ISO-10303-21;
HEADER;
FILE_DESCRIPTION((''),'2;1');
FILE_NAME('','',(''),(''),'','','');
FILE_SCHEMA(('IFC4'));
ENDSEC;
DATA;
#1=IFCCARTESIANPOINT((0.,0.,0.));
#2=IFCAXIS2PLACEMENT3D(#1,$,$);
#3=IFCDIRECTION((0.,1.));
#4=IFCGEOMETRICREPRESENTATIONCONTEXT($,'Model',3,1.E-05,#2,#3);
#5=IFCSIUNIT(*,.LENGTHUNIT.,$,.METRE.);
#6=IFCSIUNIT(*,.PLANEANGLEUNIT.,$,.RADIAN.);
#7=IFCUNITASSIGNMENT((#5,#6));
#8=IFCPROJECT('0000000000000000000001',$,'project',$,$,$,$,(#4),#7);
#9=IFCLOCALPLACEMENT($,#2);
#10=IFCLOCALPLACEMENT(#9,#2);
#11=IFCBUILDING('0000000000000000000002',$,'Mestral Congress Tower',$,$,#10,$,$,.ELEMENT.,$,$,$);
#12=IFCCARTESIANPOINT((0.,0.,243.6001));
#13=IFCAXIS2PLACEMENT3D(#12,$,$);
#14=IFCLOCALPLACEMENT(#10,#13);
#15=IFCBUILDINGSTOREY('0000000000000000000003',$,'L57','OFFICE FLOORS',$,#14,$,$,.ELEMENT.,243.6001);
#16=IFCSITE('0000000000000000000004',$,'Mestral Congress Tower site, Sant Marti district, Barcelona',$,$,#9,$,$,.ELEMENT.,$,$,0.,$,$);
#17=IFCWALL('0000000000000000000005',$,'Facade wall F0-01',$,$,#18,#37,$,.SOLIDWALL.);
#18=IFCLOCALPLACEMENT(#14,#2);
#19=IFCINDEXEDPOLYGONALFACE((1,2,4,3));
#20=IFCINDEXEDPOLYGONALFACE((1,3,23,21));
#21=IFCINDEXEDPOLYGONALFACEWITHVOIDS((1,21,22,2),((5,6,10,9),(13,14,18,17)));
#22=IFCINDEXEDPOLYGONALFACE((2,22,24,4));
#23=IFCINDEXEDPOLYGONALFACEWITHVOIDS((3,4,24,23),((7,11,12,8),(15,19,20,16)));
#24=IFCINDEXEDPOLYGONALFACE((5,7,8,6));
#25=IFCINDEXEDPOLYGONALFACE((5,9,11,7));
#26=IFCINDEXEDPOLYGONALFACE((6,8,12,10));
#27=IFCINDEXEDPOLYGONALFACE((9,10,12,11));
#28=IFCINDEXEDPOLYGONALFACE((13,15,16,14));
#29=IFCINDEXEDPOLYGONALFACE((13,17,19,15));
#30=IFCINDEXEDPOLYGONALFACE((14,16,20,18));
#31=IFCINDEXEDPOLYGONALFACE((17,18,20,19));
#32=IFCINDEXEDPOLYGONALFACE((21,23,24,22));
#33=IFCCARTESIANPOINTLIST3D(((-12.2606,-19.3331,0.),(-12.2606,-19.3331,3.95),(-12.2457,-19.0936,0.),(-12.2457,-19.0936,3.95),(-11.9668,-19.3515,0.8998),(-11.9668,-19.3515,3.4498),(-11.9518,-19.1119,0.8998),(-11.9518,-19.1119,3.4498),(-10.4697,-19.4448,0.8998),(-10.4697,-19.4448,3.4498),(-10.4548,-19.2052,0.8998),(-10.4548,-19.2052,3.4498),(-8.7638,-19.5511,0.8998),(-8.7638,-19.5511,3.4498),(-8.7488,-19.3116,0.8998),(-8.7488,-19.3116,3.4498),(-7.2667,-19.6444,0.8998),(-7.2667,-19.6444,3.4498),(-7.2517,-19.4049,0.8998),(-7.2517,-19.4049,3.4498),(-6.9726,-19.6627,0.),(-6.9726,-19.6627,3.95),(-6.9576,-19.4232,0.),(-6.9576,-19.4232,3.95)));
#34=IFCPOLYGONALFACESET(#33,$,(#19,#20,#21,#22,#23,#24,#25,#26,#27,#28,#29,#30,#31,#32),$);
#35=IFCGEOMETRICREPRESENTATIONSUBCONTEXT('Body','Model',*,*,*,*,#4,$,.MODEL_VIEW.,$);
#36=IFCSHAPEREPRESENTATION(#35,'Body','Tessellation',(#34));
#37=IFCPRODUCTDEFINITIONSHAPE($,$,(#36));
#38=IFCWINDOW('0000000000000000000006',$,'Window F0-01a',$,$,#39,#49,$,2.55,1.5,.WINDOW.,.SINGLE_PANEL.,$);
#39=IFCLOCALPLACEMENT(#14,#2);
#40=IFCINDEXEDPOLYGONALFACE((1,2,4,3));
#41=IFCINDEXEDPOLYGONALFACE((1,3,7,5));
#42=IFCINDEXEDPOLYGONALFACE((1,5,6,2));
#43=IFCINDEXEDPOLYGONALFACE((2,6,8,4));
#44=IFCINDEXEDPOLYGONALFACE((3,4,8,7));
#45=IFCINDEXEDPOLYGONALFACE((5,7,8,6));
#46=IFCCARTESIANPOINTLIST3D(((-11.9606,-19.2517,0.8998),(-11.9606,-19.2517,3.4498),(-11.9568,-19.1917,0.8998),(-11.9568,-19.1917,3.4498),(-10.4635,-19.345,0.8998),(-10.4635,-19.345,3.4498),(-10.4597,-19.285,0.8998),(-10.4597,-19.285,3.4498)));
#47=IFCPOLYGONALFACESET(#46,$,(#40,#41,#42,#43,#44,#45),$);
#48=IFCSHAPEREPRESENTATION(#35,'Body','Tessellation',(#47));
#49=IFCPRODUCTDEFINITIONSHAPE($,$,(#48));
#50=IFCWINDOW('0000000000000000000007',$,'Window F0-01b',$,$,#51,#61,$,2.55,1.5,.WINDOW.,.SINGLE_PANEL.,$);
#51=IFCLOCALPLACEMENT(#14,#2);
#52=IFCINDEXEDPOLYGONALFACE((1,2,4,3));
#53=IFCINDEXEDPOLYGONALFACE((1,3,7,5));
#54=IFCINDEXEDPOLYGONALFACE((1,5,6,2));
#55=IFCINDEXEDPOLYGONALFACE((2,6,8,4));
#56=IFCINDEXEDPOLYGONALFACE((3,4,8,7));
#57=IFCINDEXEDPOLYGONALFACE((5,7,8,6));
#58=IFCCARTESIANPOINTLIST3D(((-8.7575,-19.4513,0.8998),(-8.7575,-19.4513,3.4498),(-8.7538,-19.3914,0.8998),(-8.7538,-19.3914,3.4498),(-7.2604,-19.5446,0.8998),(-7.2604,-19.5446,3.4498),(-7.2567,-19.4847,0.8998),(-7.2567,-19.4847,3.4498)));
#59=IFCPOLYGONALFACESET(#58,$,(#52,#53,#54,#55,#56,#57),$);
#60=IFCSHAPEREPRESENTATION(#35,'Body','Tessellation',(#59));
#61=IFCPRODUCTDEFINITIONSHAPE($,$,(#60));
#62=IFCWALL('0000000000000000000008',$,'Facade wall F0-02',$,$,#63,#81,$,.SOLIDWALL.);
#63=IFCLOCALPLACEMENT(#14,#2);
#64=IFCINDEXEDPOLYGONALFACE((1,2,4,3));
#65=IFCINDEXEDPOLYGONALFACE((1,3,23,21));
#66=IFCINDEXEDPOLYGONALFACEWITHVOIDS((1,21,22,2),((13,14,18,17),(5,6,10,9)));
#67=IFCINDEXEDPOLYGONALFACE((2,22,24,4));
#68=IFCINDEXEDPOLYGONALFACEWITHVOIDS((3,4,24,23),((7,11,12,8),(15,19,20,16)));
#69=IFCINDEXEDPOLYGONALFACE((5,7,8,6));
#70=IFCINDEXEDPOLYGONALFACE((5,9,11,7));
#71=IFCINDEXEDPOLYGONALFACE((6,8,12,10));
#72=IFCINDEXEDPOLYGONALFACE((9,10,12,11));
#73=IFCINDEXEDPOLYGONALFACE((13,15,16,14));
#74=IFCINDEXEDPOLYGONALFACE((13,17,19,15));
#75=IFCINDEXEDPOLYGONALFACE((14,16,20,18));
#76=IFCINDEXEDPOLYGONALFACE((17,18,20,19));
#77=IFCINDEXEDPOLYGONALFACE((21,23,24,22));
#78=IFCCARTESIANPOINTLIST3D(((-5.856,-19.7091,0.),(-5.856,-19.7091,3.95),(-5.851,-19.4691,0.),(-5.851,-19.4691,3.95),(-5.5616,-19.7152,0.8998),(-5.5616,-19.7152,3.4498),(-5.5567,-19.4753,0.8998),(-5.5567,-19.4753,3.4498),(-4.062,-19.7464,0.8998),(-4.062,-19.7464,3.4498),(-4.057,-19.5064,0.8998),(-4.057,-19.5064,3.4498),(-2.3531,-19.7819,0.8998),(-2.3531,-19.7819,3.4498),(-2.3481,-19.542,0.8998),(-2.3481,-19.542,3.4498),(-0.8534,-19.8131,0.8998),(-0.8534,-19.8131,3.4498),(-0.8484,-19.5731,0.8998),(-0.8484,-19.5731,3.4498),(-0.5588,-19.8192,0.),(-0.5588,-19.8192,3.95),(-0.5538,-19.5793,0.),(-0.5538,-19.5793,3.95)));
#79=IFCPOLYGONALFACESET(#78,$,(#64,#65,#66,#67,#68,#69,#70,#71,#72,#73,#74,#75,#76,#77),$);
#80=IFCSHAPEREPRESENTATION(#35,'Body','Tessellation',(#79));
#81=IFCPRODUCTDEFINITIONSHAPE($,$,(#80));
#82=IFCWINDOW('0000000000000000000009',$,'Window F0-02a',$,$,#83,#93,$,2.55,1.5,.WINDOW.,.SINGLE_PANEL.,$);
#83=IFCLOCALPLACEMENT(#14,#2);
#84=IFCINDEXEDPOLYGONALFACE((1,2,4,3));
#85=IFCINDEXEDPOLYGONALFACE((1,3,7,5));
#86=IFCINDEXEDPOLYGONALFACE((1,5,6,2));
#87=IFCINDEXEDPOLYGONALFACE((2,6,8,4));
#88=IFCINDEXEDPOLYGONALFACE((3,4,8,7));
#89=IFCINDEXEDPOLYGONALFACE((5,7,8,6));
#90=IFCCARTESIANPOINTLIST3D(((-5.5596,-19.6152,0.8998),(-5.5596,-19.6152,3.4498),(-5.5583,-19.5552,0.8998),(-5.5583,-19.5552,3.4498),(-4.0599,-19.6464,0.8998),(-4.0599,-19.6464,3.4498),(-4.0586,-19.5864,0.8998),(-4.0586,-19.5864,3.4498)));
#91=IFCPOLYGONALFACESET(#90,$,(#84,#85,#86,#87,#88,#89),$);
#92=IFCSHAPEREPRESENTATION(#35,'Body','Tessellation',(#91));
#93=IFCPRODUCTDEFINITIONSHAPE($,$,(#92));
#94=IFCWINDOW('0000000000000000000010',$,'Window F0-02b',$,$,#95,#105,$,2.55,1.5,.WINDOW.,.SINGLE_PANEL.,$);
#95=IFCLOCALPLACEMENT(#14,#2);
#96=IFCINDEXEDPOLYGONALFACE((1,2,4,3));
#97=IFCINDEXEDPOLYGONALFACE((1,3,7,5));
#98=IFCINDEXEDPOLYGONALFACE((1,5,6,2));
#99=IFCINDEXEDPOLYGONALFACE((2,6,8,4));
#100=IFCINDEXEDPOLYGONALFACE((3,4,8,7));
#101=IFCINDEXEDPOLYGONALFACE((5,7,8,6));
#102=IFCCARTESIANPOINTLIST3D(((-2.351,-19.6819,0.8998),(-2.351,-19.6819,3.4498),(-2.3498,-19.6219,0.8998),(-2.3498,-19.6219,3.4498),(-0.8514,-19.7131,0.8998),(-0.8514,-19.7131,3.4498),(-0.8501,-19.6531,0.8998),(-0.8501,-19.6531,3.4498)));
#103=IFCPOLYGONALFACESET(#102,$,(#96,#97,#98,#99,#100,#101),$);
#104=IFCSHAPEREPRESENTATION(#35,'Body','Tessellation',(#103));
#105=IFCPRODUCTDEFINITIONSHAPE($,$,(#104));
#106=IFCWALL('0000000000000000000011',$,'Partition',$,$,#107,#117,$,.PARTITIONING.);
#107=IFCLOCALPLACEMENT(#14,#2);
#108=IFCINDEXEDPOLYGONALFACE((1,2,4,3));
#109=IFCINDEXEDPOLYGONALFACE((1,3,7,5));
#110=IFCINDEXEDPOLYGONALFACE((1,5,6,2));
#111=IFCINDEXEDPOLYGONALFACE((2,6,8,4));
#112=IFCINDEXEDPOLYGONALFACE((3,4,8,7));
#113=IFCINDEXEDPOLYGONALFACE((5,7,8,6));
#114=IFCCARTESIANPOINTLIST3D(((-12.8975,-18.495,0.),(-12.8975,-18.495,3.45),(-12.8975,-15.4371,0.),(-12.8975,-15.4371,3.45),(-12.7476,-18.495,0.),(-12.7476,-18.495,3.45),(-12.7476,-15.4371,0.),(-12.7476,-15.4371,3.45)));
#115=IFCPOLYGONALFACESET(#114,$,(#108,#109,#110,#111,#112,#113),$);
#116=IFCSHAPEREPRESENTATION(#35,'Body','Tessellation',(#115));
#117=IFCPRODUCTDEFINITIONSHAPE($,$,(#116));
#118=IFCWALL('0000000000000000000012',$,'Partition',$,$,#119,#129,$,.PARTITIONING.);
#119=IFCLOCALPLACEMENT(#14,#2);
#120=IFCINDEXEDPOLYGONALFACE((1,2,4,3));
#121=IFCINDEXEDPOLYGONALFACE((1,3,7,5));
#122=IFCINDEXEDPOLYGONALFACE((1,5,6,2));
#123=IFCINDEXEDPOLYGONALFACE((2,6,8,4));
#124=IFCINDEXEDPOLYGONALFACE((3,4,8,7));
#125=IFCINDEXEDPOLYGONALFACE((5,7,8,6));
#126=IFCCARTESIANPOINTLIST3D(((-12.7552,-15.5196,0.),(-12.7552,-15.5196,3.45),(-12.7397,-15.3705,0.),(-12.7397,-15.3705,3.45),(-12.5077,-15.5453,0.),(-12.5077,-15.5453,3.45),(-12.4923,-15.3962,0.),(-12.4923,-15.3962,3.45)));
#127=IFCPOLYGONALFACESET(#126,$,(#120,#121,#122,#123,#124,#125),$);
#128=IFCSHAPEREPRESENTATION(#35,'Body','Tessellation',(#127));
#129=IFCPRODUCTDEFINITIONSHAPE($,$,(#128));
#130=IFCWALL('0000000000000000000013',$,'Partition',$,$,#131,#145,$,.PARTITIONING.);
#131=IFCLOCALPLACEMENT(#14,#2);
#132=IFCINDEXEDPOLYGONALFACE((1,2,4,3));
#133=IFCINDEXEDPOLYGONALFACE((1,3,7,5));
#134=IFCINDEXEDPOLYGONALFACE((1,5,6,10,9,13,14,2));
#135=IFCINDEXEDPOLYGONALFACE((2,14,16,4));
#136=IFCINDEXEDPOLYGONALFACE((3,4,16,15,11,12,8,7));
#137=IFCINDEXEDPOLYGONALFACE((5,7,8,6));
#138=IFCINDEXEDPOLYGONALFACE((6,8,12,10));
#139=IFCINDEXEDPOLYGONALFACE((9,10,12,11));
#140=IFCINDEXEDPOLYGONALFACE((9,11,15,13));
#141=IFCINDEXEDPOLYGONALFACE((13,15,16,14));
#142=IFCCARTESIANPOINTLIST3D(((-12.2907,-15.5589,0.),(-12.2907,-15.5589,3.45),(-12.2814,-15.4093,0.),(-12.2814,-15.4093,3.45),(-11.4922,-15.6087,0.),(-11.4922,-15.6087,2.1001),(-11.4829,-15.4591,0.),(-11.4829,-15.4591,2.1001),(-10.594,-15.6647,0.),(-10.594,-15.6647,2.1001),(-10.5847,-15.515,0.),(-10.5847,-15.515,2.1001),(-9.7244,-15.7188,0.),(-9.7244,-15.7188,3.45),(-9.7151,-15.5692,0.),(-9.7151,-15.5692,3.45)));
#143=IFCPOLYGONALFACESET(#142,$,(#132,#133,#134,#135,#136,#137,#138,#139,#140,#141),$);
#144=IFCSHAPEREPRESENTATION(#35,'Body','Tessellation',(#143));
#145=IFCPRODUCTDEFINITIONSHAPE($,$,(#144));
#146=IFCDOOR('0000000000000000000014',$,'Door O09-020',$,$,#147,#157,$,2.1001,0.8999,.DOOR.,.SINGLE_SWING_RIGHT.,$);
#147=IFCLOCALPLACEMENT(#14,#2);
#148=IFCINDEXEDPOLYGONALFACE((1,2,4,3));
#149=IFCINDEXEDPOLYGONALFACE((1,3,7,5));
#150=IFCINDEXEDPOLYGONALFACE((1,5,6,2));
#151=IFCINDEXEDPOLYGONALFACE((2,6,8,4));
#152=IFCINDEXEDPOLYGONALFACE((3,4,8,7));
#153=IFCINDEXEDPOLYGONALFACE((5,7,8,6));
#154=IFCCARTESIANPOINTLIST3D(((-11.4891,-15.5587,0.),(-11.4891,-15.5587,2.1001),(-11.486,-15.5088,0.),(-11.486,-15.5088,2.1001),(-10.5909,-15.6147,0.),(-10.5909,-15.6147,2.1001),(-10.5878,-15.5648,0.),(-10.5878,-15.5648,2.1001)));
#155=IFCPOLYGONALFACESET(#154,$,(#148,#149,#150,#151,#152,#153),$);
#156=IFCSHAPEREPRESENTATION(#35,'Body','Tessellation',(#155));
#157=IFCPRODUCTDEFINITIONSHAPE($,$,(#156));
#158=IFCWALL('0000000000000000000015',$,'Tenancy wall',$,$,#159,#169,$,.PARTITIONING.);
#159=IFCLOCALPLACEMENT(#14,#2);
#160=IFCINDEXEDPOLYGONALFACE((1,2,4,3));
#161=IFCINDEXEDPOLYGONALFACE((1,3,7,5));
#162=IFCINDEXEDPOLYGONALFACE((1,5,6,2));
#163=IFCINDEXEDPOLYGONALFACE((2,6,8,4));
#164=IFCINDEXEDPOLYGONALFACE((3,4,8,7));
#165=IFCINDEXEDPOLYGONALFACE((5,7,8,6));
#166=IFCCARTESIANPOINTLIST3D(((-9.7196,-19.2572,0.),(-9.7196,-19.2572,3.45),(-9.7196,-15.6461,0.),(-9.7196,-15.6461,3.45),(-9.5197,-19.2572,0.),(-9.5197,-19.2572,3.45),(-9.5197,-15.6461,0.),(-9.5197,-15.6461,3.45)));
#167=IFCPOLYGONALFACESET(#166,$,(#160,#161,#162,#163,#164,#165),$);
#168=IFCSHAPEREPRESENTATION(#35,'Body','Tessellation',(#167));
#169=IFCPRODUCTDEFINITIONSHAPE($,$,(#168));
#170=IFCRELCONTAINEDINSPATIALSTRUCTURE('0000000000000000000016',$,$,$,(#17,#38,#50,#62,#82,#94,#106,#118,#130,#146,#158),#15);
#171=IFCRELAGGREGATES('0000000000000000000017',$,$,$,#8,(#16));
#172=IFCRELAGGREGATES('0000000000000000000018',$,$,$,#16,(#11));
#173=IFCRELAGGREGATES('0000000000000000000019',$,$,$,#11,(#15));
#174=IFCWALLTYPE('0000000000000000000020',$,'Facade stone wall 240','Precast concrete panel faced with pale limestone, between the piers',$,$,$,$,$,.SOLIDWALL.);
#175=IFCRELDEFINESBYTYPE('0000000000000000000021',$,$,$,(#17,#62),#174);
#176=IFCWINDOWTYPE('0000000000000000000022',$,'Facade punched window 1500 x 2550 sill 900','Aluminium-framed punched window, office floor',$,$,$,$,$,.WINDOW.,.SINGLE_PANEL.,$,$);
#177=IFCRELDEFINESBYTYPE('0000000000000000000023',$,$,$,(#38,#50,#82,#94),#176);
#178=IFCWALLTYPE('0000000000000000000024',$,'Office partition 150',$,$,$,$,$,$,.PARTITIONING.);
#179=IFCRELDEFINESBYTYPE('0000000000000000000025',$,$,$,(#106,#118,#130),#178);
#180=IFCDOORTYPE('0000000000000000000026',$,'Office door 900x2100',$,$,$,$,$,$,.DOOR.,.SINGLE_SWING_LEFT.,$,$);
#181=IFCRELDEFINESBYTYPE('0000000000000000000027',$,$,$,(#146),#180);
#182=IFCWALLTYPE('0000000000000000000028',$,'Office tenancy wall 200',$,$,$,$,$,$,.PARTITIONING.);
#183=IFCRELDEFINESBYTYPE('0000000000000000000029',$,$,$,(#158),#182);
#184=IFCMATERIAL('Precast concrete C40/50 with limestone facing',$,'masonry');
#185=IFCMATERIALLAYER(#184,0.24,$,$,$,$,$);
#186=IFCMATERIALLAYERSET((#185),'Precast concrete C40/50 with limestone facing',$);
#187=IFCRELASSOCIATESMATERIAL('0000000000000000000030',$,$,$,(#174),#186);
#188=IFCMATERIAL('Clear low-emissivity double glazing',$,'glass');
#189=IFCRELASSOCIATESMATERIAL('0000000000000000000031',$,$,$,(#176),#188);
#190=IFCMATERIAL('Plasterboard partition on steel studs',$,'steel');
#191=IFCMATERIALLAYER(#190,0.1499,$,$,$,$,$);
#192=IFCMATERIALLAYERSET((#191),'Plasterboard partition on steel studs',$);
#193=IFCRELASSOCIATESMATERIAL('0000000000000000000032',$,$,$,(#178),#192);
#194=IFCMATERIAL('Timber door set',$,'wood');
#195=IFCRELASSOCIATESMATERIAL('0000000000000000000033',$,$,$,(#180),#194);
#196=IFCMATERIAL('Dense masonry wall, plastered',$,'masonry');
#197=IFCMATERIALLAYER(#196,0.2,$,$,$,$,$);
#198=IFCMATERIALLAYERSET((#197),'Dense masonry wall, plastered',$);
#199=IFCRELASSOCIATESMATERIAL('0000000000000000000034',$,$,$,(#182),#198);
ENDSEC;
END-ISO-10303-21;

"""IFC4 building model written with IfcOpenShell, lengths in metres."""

from ifc_helpers import new_model, si_unit, direction, frame, frame_2d, origin, place, context, subcontext, project, spatial, rectangle, extrude, material, layer, layer_set, type_object, element, fill, save


model = new_model("IFC4")

# Units and contexts
model_context = context("Model", 3, precision=1e-05, world=origin(), true_north=direction((0.0, 1.0)))
body_context = subcontext(model_context, "Body", "Model", "MODEL_VIEW")
ifc_project = project(units=[si_unit("LENGTHUNIT", "METRE"), si_unit("PLANEANGLEUNIT", "RADIAN")], contexts=[model_context])

# Site, building, storey
site_placement = place(None, origin())
site = spatial("IfcSite", under=ifc_project, at=site_placement, Name="Mestral Congress Tower site, Sant Marti district, Barcelona", CompositionType="ELEMENT", RefElevation=0.0)
building_placement = place(site_placement, origin())
building = spatial("IfcBuilding", under=site, at=building_placement, Name="Mestral Congress Tower", CompositionType="ELEMENT")
storey_placement = place(building_placement, frame((0.0, 0.0, 243.6001)))
storey = spatial("IfcBuildingStorey", under=building, at=storey_placement, Name="L57", Description="OFFICE FLOORS", CompositionType="ELEMENT", Elevation=243.6001)

# Walls, openings, windows
ifc_material_1 = material(Name="Precast concrete C40/50 with limestone facing", Category="masonry")
ifc_layer_1 = layer(ifc_material_1, 0.24)
ifc_layer_set_1 = layer_set([ifc_layer_1], Name="Precast concrete C40/50 with limestone facing")
wall_type_1 = type_object("IfcWallType", Name="Facade stone wall 240", Description="Precast concrete panel faced with pale limestone, between the piers", PredefinedType="SOLIDWALL", material=ifc_layer_set_1)
wall_1_placement = place(storey_placement, frame((-12.2532, -19.2134, 0.0), z_axis=(0.0, 0.0, 1.0), x_axis=(0.998063, -0.062206, 0.0)))
wall_1 = element("IfcWall", 1, at=wall_1_placement, inside=storey, type_object=wall_type_1, Name="Facade wall F0-01", PredefinedType="SOLIDWALL", context=body_context, shape_type="SweptSolid", body=[
    extrude(rectangle(XDim=5.2983, YDim=0.24, at=frame_2d((2.6492, 0.0))), origin(), (0.0, 0.0, 1.0), 3.95),
])
opening_1_placement = place(wall_1_placement, frame((0.2944, 0.0, 0.8999)))
opening_1 = element("IfcOpeningElement", 2, at=opening_1_placement, cuts=wall_1, PredefinedType="OPENING", context=body_context, shape_type="SweptSolid", body=[
    extrude(rectangle(XDim=1.5, YDim=2.55, at=frame_2d((0.75, 1.2749))), frame((0.0, 0.1299, 0.0), z_axis=(0.0, -1.0, 0.0), x_axis=(1.0, 0.0, 0.0)), (0.0, 0.0, 1.0), 0.26),
])
opening_2_placement = place(wall_1_placement, frame((3.5037, 0.0, 0.8999)))
opening_2 = element("IfcOpeningElement", 3, at=opening_2_placement, cuts=wall_1, PredefinedType="OPENING", context=body_context, shape_type="SweptSolid", body=[
    extrude(rectangle(XDim=1.5, YDim=2.55, at=frame_2d((0.75, 1.2749))), frame((0.0, 0.1299, 0.0), z_axis=(0.0, -1.0, 0.0), x_axis=(1.0, 0.0, 0.0)), (0.0, 0.0, 1.0), 0.26),
])
ifc_material_2 = material(Name="Clear low-emissivity double glazing", Category="glass")
window_type = type_object("IfcWindowType", Name="Facade punched window 1500 x 2550 sill 900", Description="Aluminium-framed punched window, office floor", PartitioningType="SINGLE_PANEL", PredefinedType="WINDOW", material=ifc_material_2)
window_1_placement = place(opening_1_placement, origin())
window_1 = element("IfcWindow", 4, at=window_1_placement, inside=storey, type_object=window_type, Name="Window F0-01a", OverallHeight=2.55, OverallWidth=1.5, PartitioningType="SINGLE_PANEL", PredefinedType="WINDOW", context=body_context, shape_type="SweptSolid", body=[
    extrude(rectangle(XDim=1.5, YDim=2.55, at=frame_2d((0.75, 1.2749))), frame((0.0, 0.04, 0.0), z_axis=(0.0, -1.0, 0.0), x_axis=(1.0, 0.0, 0.0)), (0.0, 0.0, 1.0), 0.0601),
])
fill(opening_1, window_1)
window_2_placement = place(opening_2_placement, origin())
window_2 = element("IfcWindow", 5, at=window_2_placement, inside=storey, type_object=window_type, Name="Window F0-01b", OverallHeight=2.55, OverallWidth=1.5, PartitioningType="SINGLE_PANEL", PredefinedType="WINDOW", context=body_context, shape_type="SweptSolid", body=[
    extrude(rectangle(XDim=1.5, YDim=2.55, at=frame_2d((0.75, 1.2749))), frame((0.0, 0.04, 0.0), z_axis=(0.0, -1.0, 0.0), x_axis=(1.0, 0.0, 0.0)), (0.0, 0.0, 1.0), 0.0601),
])
fill(opening_2, window_2)
wall_2_placement = place(storey_placement, frame((-5.8535, -19.5891, 0.0), z_axis=(0.0, 0.0, 1.0), x_axis=(0.999784, -0.020782, 0.0)))
wall_2 = element("IfcWall", 6, at=wall_2_placement, inside=storey, type_object=wall_type_1, Name="Facade wall F0-02", PredefinedType="SOLIDWALL", context=body_context, shape_type="SweptSolid", body=[
    extrude(rectangle(XDim=5.2983, YDim=0.24, at=frame_2d((2.6492, 0.0))), origin(), (0.0, 0.0, 1.0), 3.95),
])
opening_3_placement = place(wall_2_placement, frame((0.2944, 0.0, 0.8999)))
opening_3 = element("IfcOpeningElement", 7, at=opening_3_placement, cuts=wall_2, PredefinedType="OPENING", context=body_context, shape_type="SweptSolid", body=[
    extrude(rectangle(XDim=1.5, YDim=2.55, at=frame_2d((0.75, 1.2749))), frame((0.0, 0.1299, 0.0), z_axis=(0.0, -1.0, 0.0), x_axis=(1.0, 0.0, 0.0)), (0.0, 0.0, 1.0), 0.26),
])
opening_4_placement = place(wall_2_placement, frame((3.5037, 0.0, 0.8999)))
opening_4 = element("IfcOpeningElement", 8, at=opening_4_placement, cuts=wall_2, PredefinedType="OPENING", context=body_context, shape_type="SweptSolid", body=[
    extrude(rectangle(XDim=1.5, YDim=2.55, at=frame_2d((0.75, 1.2749))), frame((0.0, 0.1299, 0.0), z_axis=(0.0, -1.0, 0.0), x_axis=(1.0, 0.0, 0.0)), (0.0, 0.0, 1.0), 0.26),
])
window_3_placement = place(opening_3_placement, origin())
window_3 = element("IfcWindow", 9, at=window_3_placement, inside=storey, type_object=window_type, Name="Window F0-02a", OverallHeight=2.55, OverallWidth=1.5, PartitioningType="SINGLE_PANEL", PredefinedType="WINDOW", context=body_context, shape_type="SweptSolid", body=[
    extrude(rectangle(XDim=1.5, YDim=2.55, at=frame_2d((0.75, 1.2749))), frame((0.0, 0.04, 0.0), z_axis=(0.0, -1.0, 0.0), x_axis=(1.0, 0.0, 0.0)), (0.0, 0.0, 1.0), 0.0601),
])
fill(opening_3, window_3)
window_4_placement = place(opening_4_placement, origin())
window_4 = element("IfcWindow", 10, at=window_4_placement, inside=storey, type_object=window_type, Name="Window F0-02b", OverallHeight=2.55, OverallWidth=1.5, PartitioningType="SINGLE_PANEL", PredefinedType="WINDOW", context=body_context, shape_type="SweptSolid", body=[
    extrude(rectangle(XDim=1.5, YDim=2.55, at=frame_2d((0.75, 1.2749))), frame((0.0, 0.04, 0.0), z_axis=(0.0, -1.0, 0.0), x_axis=(1.0, 0.0, 0.0)), (0.0, 0.0, 1.0), 0.0601),
])
fill(opening_4, window_4)

# Walls
ifc_material_3 = material(Name="Plasterboard partition on steel studs", Category="steel")
ifc_layer_2 = layer(ifc_material_3, 0.1499)
ifc_layer_set_2 = layer_set([ifc_layer_2], Name="Plasterboard partition on steel studs")
wall_type_2 = type_object("IfcWallType", Name="Office partition 150", PredefinedType="PARTITIONING", material=ifc_layer_set_2)
wall_3_placement = place(storey_placement, frame((-12.8225, -15.4373, 0.0), z_axis=(0.0, 0.0, 1.0), x_axis=(0.0, -1.0, 0.0)))
element("IfcWall", 11, at=wall_3_placement, inside=storey, type_object=wall_type_2, Name="Partition", PredefinedType="PARTITIONING", context=body_context, shape_type="SweptSolid", body=[
    extrude(rectangle(XDim=3.0579, YDim=0.1499, at=frame_2d((1.5288, 0.0))), origin(), (0.0, 0.0, 1.0), 3.45),
])
wall_4_placement = place(storey_placement, frame((-12.7476, -15.4451, 0.0), z_axis=(0.0, 0.0, 1.0), x_axis=(0.994681, -0.103, 0.0)))
element("IfcWall", 12, at=wall_4_placement, inside=storey, type_object=wall_type_2, Name="Partition", PredefinedType="PARTITIONING", context=body_context, shape_type="SweptSolid", body=[
    extrude(rectangle(XDim=0.2488, YDim=0.1499, at=frame_2d((0.1245, 0.0))), origin(), (0.0, 0.0, 1.0), 3.45),
])

# Wall, opening, door
wall_5_placement = place(storey_placement, frame((-9.7197, -15.644, 0.0), z_axis=(0.0, 0.0, 1.0), x_axis=(-0.998064, 0.062189, 0.0)))
wall_5 = element("IfcWall", 13, at=wall_5_placement, inside=storey, type_object=wall_type_2, Name="Partition", PredefinedType="PARTITIONING", context=body_context, shape_type="SweptSolid", body=[
    extrude(rectangle(XDim=2.5713, YDim=0.1499, at=frame_2d((1.2856, 0.0))), origin(), (0.0, 0.0, 1.0), 3.45),
])
opening_5_placement = place(wall_5_placement, frame((0.8713, 0.0, 0.0)))
opening_5 = element("IfcOpeningElement", 14, at=opening_5_placement, cuts=wall_5, PredefinedType="OPENING", context=body_context, shape_type="SweptSolid", body=[
    extrude(rectangle(XDim=0.8999, YDim=2.1001, at=frame_2d((0.45, 1.05))), frame((0.0, 0.085, 0.0), z_axis=(0.0, -1.0, 0.0), x_axis=(1.0, 0.0, 0.0)), (0.0, 0.0, 1.0), 0.1699),
])
ifc_material_4 = material(Name="Timber door set", Category="wood")
door_type_1 = type_object("IfcDoorType", Name="Office door 900x2100", OperationType="SINGLE_SWING_LEFT", PredefinedType="DOOR", material=ifc_material_4)
door_1_placement = place(opening_5_placement, origin())
door_1 = element("IfcDoor", 15, at=door_1_placement, inside=storey, type_object=door_type_1, Name="Door O09-020", OperationType="SINGLE_SWING_RIGHT", OverallHeight=2.1001, OverallWidth=0.8999, PredefinedType="DOOR", context=body_context, shape_type="SweptSolid", body=[
    extrude(rectangle(XDim=0.8999, YDim=2.1001, at=frame_2d((0.45, 1.05))), frame((0.0, 0.0249, 0.0), z_axis=(0.0, -1.0, 0.0), x_axis=(1.0, 0.0, 0.0)), (0.0, 0.0, 1.0), 0.05),
])
fill(opening_5, door_1)

# Wall
ifc_material_5 = material(Name="Dense masonry wall, plastered", Category="masonry")
ifc_layer_3 = layer(ifc_material_5, 0.2)
ifc_layer_set_3 = layer_set([ifc_layer_3], Name="Dense masonry wall, plastered")
wall_type_3 = type_object("IfcWallType", Name="Office tenancy wall 200", PredefinedType="PARTITIONING", material=ifc_layer_set_3)
wall_6_placement = place(storey_placement, frame((-9.6196, -19.2573, 0.0), z_axis=(0.0, 0.0, 1.0), x_axis=(0.0, 1.0, 0.0)))
element("IfcWall", 16, at=wall_6_placement, inside=storey, type_object=wall_type_3, Name="Tenancy wall", PredefinedType="PARTITIONING", context=body_context, shape_type="SweptSolid", body=[
    extrude(rectangle(XDim=3.6111, YDim=0.2, at=frame_2d((1.8057, 0.0))), origin(), (0.0, 0.0, 1.0), 3.45),
])

save(model, "model.ifc")
